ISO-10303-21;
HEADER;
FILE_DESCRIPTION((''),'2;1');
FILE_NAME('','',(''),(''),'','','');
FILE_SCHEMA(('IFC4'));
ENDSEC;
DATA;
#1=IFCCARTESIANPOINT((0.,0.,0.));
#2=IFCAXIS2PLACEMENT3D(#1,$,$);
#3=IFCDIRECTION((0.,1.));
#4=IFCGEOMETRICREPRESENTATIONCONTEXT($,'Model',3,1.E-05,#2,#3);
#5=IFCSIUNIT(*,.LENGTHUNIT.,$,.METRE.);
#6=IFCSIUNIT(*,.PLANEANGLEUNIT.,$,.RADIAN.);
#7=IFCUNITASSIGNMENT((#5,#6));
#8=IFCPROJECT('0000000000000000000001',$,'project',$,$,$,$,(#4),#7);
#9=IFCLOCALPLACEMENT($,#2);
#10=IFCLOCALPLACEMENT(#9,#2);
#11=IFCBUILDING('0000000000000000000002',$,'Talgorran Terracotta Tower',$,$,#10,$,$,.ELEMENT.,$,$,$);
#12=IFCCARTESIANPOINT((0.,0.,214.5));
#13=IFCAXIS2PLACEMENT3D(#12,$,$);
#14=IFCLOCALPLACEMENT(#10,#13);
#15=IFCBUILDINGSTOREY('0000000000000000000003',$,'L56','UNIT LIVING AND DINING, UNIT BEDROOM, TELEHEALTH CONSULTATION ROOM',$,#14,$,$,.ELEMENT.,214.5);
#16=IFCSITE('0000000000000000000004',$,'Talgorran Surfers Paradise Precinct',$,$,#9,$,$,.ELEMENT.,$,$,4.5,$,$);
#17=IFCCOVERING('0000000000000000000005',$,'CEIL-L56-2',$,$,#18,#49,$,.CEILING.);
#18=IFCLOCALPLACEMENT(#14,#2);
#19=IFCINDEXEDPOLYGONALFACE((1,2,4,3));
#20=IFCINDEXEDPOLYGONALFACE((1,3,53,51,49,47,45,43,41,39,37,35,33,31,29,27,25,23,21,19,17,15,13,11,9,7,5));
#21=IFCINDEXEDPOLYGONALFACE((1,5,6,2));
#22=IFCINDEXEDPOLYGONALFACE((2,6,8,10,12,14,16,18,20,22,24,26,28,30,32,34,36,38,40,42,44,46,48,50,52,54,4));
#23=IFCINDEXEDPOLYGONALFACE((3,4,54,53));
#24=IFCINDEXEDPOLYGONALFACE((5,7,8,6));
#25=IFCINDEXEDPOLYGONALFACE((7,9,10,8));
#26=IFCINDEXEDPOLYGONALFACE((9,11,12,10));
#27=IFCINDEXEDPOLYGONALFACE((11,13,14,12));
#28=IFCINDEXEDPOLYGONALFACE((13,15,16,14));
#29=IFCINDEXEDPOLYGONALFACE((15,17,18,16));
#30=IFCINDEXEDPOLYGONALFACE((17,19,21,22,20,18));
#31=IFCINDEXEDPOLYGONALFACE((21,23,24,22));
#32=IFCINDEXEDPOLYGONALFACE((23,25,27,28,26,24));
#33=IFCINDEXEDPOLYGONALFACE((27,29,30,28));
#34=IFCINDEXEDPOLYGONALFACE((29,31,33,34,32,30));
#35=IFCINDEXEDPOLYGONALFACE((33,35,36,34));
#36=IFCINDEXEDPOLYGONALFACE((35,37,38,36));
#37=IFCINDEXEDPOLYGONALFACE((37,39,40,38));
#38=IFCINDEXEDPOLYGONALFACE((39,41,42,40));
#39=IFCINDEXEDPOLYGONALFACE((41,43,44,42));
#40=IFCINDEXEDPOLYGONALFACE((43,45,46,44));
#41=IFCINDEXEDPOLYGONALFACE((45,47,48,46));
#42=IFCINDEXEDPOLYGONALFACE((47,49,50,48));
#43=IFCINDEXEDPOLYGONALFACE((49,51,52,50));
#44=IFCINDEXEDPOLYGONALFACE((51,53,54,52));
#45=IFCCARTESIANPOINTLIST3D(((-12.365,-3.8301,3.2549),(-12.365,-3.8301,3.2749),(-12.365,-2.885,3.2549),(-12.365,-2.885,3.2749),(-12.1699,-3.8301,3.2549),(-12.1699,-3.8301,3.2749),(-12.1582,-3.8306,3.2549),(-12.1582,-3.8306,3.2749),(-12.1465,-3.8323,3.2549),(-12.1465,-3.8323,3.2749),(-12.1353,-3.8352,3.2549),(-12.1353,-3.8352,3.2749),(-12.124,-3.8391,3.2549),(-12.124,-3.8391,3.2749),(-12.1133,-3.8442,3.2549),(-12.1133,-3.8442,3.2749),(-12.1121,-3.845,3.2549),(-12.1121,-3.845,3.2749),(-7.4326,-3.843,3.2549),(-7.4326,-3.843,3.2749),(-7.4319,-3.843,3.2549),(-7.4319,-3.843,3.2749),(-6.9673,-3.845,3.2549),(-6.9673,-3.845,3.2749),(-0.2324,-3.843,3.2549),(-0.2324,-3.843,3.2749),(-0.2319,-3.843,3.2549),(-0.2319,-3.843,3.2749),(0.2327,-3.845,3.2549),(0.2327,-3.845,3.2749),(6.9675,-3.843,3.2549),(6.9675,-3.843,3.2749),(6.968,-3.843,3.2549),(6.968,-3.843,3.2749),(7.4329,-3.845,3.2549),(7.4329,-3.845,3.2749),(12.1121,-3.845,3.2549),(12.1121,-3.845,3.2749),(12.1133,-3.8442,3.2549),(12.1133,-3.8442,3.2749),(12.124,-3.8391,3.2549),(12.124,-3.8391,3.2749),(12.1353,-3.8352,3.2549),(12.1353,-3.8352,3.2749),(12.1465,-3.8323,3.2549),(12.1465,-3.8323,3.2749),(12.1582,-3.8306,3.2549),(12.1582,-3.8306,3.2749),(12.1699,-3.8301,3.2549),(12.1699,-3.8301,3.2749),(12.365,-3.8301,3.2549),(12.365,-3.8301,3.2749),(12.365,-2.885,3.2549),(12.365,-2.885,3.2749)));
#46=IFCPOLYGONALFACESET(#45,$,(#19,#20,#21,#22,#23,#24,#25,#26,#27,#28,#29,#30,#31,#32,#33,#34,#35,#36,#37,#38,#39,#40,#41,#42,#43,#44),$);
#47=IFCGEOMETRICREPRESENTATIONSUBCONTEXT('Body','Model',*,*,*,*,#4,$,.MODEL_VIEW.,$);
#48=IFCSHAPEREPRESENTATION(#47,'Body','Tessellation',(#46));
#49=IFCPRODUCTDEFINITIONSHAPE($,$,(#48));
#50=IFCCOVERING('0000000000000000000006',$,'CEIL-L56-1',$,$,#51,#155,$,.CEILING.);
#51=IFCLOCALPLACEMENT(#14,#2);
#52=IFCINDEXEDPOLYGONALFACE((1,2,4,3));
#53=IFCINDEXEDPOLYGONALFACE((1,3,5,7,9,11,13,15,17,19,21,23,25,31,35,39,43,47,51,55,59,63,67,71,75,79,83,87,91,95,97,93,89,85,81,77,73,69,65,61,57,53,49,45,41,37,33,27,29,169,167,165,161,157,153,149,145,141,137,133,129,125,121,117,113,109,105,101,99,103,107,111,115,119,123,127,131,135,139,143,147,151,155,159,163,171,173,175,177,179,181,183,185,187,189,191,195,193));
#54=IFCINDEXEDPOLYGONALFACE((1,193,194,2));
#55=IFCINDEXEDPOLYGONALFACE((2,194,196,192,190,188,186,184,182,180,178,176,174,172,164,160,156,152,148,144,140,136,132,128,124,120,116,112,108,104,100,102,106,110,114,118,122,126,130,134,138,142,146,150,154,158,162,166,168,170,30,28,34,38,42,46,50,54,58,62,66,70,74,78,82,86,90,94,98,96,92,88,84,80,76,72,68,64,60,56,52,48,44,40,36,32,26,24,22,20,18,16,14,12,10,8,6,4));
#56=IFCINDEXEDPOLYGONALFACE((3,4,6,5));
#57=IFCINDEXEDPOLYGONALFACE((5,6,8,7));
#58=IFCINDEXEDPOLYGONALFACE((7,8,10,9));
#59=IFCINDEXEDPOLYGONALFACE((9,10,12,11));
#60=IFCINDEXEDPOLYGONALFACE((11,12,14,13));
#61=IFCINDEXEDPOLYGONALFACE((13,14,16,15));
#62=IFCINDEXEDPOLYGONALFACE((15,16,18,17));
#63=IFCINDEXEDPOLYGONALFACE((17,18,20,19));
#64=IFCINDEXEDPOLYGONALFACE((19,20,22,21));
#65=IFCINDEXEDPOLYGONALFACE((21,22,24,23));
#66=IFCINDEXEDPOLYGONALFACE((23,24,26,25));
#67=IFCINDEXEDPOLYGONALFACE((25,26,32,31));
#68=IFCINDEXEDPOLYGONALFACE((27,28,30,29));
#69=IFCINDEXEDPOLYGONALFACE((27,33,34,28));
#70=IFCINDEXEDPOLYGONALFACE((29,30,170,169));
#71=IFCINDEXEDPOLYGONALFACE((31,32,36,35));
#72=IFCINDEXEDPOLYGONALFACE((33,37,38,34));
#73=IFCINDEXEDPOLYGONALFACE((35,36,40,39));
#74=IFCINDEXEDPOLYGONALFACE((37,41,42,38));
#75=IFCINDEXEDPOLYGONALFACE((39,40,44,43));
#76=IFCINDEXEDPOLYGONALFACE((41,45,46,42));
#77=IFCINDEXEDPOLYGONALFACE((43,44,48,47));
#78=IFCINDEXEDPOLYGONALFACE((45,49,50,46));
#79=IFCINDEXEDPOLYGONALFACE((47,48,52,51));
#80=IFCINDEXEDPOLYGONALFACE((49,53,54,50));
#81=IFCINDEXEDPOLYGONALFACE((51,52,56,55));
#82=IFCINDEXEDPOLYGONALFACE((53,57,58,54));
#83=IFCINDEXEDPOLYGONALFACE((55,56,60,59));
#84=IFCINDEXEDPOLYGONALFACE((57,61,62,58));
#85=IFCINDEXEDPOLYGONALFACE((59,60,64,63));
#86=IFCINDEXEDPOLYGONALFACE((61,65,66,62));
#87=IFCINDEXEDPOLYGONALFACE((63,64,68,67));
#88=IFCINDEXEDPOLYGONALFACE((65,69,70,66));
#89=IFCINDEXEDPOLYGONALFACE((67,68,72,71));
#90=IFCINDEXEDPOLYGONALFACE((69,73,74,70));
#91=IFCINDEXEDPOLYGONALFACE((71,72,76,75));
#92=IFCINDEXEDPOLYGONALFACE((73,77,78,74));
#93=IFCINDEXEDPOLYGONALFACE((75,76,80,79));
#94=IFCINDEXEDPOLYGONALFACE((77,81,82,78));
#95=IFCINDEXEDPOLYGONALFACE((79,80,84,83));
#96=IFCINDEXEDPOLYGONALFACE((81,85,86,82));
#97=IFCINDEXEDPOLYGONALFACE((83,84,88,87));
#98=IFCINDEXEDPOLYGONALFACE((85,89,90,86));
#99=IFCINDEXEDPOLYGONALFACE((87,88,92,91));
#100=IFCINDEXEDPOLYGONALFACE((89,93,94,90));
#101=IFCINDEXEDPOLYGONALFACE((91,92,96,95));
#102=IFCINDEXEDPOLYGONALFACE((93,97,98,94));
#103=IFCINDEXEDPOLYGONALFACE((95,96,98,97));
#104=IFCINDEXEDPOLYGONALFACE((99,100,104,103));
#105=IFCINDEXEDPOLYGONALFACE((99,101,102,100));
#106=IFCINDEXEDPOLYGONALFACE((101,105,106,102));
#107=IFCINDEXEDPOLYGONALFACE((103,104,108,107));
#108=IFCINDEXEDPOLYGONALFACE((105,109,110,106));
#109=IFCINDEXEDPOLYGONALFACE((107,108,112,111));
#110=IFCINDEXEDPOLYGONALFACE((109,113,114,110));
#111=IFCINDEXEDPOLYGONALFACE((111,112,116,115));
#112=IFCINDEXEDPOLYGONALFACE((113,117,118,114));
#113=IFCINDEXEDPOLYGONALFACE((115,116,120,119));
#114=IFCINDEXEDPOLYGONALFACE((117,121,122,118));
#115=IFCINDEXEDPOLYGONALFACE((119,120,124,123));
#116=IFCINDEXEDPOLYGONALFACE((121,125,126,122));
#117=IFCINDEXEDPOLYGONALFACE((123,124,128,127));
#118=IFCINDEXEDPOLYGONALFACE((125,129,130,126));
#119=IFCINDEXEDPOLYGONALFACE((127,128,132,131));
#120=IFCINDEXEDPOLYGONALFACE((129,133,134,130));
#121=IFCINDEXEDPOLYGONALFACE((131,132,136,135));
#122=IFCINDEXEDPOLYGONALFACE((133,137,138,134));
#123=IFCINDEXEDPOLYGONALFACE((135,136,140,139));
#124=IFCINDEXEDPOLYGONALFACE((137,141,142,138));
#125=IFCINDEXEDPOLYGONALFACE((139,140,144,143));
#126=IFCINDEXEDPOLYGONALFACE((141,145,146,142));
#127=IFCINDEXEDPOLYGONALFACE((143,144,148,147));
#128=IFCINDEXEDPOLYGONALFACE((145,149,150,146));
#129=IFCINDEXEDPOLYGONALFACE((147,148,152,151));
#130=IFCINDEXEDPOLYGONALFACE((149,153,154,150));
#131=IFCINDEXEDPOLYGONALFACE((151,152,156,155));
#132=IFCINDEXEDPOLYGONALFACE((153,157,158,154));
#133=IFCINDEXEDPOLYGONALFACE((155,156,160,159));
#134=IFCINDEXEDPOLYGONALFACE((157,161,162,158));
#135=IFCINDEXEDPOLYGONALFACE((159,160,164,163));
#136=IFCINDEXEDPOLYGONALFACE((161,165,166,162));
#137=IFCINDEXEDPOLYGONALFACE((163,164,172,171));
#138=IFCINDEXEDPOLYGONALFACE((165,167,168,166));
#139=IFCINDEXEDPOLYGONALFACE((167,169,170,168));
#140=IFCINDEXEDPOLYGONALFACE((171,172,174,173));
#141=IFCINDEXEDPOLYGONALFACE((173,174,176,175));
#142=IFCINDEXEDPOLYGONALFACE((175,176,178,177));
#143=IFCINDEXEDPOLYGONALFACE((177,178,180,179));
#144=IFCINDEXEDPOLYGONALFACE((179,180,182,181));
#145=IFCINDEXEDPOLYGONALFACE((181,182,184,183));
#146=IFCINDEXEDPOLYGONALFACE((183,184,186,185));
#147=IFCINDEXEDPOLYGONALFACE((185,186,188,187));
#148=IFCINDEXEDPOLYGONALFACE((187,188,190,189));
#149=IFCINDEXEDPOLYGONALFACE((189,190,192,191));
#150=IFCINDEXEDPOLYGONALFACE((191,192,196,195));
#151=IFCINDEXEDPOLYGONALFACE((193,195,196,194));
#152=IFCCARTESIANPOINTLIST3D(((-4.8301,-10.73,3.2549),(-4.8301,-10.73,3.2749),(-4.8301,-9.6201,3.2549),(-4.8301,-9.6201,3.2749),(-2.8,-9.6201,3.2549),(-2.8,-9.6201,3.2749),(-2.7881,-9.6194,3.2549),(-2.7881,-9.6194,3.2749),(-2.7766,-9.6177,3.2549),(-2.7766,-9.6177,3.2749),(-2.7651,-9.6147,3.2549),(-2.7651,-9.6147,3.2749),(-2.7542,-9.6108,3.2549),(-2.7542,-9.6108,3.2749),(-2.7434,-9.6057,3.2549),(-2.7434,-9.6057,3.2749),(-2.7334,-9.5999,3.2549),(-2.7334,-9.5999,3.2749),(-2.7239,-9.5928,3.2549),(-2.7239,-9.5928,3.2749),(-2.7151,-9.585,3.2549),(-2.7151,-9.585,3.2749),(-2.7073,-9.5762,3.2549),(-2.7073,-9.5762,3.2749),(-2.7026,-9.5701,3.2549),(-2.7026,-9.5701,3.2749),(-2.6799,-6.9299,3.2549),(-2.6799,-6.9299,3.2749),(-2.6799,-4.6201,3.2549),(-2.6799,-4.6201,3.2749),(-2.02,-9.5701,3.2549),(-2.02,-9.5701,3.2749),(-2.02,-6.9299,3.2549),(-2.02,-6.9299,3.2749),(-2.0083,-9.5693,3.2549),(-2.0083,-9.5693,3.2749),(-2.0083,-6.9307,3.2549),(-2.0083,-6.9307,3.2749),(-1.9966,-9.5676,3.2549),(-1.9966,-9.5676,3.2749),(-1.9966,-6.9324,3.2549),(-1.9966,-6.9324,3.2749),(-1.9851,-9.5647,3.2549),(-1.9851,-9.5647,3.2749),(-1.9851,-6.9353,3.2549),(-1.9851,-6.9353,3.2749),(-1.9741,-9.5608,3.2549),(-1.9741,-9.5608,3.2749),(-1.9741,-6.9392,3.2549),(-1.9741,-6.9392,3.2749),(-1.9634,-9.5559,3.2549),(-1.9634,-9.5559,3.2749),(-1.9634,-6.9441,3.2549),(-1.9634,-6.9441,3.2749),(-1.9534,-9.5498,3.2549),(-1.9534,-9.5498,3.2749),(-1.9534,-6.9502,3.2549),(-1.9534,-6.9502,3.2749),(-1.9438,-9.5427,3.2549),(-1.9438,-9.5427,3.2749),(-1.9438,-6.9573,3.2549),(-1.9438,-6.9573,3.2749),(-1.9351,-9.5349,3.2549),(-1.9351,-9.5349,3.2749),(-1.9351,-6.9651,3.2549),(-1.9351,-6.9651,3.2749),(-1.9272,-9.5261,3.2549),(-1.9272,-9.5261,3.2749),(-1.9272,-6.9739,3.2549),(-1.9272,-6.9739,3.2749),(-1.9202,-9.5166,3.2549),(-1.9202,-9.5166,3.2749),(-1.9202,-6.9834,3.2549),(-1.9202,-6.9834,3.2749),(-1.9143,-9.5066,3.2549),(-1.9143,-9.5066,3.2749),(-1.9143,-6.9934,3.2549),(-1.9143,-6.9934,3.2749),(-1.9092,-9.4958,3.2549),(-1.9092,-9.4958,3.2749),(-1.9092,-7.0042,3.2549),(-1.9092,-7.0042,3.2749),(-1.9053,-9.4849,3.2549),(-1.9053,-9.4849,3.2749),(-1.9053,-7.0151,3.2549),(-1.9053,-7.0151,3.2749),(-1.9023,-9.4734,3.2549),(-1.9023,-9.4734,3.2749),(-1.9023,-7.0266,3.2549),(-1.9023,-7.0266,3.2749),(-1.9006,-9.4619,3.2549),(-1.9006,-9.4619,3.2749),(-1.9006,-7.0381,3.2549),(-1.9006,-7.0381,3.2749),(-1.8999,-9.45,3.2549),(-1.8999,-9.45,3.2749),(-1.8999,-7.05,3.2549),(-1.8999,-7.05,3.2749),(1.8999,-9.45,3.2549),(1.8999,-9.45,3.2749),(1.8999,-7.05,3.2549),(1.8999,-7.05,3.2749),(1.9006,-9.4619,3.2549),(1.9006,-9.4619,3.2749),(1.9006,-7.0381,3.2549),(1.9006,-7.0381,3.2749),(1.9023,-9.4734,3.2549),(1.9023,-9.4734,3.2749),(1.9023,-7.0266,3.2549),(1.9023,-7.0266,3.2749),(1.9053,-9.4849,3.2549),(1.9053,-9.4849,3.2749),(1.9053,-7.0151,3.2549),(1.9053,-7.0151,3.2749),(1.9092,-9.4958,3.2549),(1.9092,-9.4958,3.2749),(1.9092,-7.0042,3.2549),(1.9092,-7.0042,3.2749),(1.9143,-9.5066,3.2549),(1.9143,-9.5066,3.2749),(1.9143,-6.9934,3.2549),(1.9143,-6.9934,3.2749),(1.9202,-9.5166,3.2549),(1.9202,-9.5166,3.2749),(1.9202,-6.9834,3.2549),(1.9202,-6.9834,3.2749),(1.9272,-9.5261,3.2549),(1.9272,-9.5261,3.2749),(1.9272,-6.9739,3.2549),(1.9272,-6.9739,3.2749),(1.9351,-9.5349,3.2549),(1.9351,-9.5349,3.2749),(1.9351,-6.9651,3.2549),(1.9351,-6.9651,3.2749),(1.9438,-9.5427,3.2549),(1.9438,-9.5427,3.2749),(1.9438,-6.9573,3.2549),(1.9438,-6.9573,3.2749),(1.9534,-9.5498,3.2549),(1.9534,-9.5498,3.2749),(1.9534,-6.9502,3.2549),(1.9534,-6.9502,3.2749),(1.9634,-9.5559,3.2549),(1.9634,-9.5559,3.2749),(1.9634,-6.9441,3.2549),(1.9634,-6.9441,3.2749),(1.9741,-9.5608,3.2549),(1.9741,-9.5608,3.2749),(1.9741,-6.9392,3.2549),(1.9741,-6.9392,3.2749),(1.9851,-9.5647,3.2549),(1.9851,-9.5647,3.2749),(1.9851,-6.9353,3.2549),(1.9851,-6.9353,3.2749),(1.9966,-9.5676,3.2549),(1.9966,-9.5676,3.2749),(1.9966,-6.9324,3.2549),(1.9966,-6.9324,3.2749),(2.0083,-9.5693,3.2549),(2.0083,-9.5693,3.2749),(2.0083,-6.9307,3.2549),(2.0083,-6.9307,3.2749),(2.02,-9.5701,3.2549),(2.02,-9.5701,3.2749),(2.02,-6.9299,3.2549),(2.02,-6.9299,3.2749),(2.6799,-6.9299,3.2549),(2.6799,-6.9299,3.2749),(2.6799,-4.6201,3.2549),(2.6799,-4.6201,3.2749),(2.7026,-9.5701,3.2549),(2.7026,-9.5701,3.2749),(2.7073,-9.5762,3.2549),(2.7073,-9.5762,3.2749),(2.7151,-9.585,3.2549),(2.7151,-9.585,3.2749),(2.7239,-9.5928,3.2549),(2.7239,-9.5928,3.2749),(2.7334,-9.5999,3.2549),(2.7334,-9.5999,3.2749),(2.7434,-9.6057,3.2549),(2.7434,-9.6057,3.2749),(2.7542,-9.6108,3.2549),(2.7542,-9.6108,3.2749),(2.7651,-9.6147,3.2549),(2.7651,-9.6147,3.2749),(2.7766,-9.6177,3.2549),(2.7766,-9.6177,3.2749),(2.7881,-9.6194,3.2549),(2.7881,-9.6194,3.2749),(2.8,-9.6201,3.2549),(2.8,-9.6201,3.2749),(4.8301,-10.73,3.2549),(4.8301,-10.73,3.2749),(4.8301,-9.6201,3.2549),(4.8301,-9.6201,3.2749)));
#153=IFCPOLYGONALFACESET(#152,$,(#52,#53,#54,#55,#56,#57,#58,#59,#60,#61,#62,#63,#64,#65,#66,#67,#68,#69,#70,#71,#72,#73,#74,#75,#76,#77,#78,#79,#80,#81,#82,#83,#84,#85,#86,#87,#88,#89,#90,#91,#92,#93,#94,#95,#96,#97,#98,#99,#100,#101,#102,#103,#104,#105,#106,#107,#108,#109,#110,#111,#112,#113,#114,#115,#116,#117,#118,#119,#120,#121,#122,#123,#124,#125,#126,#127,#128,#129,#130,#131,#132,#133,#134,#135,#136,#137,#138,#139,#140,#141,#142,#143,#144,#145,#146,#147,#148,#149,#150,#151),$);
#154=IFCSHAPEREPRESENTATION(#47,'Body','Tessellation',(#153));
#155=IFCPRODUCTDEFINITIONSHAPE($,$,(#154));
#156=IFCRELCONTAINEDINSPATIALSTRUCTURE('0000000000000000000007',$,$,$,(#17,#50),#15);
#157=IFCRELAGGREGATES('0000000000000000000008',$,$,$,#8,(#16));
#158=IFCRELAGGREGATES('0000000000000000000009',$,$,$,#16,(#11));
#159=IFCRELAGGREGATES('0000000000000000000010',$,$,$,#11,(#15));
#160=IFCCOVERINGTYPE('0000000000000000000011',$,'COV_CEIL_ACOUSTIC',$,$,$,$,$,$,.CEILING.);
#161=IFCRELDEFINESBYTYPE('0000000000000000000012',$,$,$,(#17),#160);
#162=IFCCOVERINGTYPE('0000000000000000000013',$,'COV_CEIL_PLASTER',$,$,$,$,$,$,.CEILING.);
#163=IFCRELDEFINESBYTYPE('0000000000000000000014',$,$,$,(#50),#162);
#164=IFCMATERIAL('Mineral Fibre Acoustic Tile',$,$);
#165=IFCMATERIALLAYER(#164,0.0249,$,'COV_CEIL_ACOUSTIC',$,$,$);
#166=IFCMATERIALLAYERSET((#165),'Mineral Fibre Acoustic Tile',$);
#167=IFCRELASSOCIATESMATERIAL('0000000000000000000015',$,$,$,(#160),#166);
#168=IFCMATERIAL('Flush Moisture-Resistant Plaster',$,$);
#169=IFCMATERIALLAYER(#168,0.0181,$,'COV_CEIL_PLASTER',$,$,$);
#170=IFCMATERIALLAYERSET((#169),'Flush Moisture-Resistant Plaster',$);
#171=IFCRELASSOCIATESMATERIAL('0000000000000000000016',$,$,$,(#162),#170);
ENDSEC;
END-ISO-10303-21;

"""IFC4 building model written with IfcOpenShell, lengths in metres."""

from ifc_helpers import new_model, si_unit, direction, frame, origin, place, context, subcontext, project, spatial, polyline, outline, extrude, material, layer, layer_set, type_object, element, save


model = new_model("IFC4")

# Units and contexts
model_context = context("Model", 3, precision=1e-05, world=origin(), true_north=direction((0.0, 1.0)))
body_context = subcontext(model_context, "Body", "Model", "MODEL_VIEW")
ifc_project = project(units=[si_unit("LENGTHUNIT", "METRE"), si_unit("PLANEANGLEUNIT", "RADIAN")], contexts=[model_context])

# Site, building, storey
site_placement = place(None, origin())
site = spatial("IfcSite", under=ifc_project, at=site_placement, Name="Talgorran Surfers Paradise Precinct", CompositionType="ELEMENT", RefElevation=4.5)
building_placement = place(site_placement, origin())
building = spatial("IfcBuilding", under=site, at=building_placement, Name="Talgorran Terracotta Tower", CompositionType="ELEMENT")
storey_placement = place(building_placement, frame((0.0, 0.0, 214.5)))
storey = spatial("IfcBuildingStorey", under=building, at=storey_placement, Name="L56", Description="UNIT LIVING AND DINING, UNIT BEDROOM, TELEHEALTH CONSULTATION ROOM", CompositionType="ELEMENT", Elevation=214.5)

# Coverings
ifc_material_1 = material(Name="Mineral Fibre Acoustic Tile")
ifc_layer_1 = layer(ifc_material_1, 0.0249, Name="COV_CEIL_ACOUSTIC")
ifc_layer_set_1 = layer_set([ifc_layer_1], Name="Mineral Fibre Acoustic Tile")
covering_type_1 = type_object("IfcCoveringType", Name="COV_CEIL_ACOUSTIC", PredefinedType="CEILING", material=ifc_layer_set_1)
covering_1_placement = place(storey_placement, frame((0.0, 0.0, 3.2549)))
element("IfcCovering", 1, at=covering_1_placement, inside=storey, type_object=covering_type_1, Name="CEIL-L56-2", PredefinedType="CEILING", context=body_context, shape_type="SweptSolid", body=[
    extrude(outline(polyline([(-12.365, -2.885), (12.365, -2.885), (12.365, -3.8301), (12.1699, -3.8301), (12.1582, -3.8306), (12.1465, -3.8323), (12.1353, -3.8352), (12.124, -3.8391), (12.1133, -3.8442), (12.1121, -3.845), (7.4329, -3.845), (6.968, -3.843), (6.9675, -3.843), (0.2327, -3.845), (-0.2319, -3.843), (-0.2324, -3.843), (-6.9673, -3.845), (-7.4319, -3.843), (-7.4326, -3.843), (-12.1121, -3.845), (-12.1133, -3.8442), (-12.124, -3.8391), (-12.1353, -3.8352), (-12.1465, -3.8323), (-12.1582, -3.8306), (-12.1699, -3.8301), (-12.365, -3.8301), (-12.365, -2.885)])), origin(), (0.0, 0.0, 1.0), 0.02),
])
ifc_material_2 = material(Name="Flush Moisture-Resistant Plaster")
ifc_layer_2 = layer(ifc_material_2, 0.0181, Name="COV_CEIL_PLASTER")
ifc_layer_set_2 = layer_set([ifc_layer_2], Name="Flush Moisture-Resistant Plaster")
covering_type_2 = type_object("IfcCoveringType", Name="COV_CEIL_PLASTER", PredefinedType="CEILING", material=ifc_layer_set_2)
covering_2_placement = place(storey_placement, frame((0.0, 0.0, 3.2549)))
element("IfcCovering", 2, at=covering_2_placement, inside=storey, type_object=covering_type_2, Name="CEIL-L56-1", PredefinedType="CEILING", context=body_context, shape_type="SweptSolid", body=[
    extrude(outline(polyline([(-2.7026, -9.5701), (-2.02, -9.5701), (-2.0083, -9.5693), (-1.9966, -9.5676), (-1.9851, -9.5647), (-1.9741, -9.5608), (-1.9634, -9.5559), (-1.9534, -9.5498), (-1.9438, -9.5427), (-1.9351, -9.5349), (-1.9272, -9.5261), (-1.9202, -9.5166), (-1.9143, -9.5066), (-1.9092, -9.4958), (-1.9053, -9.4849), (-1.9023, -9.4734), (-1.9006, -9.4619), (-1.8999, -9.45), (-1.8999, -7.05), (-1.9006, -7.0381), (-1.9023, -7.0266), (-1.9053, -7.0151), (-1.9092, -7.0042), (-1.9143, -6.9934), (-1.9202, -6.9834), (-1.9272, -6.9739), (-1.9351, -6.9651), (-1.9438, -6.9573), (-1.9534, -6.9502), (-1.9634, -6.9441), (-1.9741, -6.9392), (-1.9851, -6.9353), (-1.9966, -6.9324), (-2.0083, -6.9307), (-2.02, -6.9299), (-2.6799, -6.9299), (-2.6799, -4.6201), (2.6799, -4.6201), (2.6799, -6.9299), (2.02, -6.9299), (2.0083, -6.9307), (1.9966, -6.9324), (1.9851, -6.9353), (1.9741, -6.9392), (1.9634, -6.9441), (1.9534, -6.9502), (1.9438, -6.9573), (1.9351, -6.9651), (1.9272, -6.9739), (1.9202, -6.9834), (1.9143, -6.9934), (1.9092, -7.0042), (1.9053, -7.0151), (1.9023, -7.0266), (1.9006, -7.0381), (1.8999, -7.05), (1.8999, -9.45), (1.9006, -9.4619), (1.9023, -9.4734), (1.9053, -9.4849), (1.9092, -9.4958), (1.9143, -9.5066), (1.9202, -9.5166), (1.9272, -9.5261), (1.9351, -9.5349), (1.9438, -9.5427), (1.9534, -9.5498), (1.9634, -9.5559), (1.9741, -9.5608), (1.9851, -9.5647), (1.9966, -9.5676), (2.0083, -9.5693), (2.02, -9.5701), (2.7026, -9.5701), (2.7073, -9.5762), (2.7151, -9.585), (2.7239, -9.5928), (2.7334, -9.5999), (2.7434, -9.6057), (2.7542, -9.6108), (2.7651, -9.6147), (2.7766, -9.6177), (2.7881, -9.6194), (2.8, -9.6201), (4.8301, -9.6201), (4.8301, -10.73), (-4.8301, -10.73), (-4.8301, -9.6201), (-2.8, -9.6201), (-2.7881, -9.6194), (-2.7766, -9.6177), (-2.7651, -9.6147), (-2.7542, -9.6108), (-2.7434, -9.6057), (-2.7334, -9.5999), (-2.7239, -9.5928), (-2.7151, -9.585), (-2.7073, -9.5762), (-2.7026, -9.5701)])), origin(), (0.0, 0.0, 1.0), 0.02),
])

save(model, "model.ifc")
